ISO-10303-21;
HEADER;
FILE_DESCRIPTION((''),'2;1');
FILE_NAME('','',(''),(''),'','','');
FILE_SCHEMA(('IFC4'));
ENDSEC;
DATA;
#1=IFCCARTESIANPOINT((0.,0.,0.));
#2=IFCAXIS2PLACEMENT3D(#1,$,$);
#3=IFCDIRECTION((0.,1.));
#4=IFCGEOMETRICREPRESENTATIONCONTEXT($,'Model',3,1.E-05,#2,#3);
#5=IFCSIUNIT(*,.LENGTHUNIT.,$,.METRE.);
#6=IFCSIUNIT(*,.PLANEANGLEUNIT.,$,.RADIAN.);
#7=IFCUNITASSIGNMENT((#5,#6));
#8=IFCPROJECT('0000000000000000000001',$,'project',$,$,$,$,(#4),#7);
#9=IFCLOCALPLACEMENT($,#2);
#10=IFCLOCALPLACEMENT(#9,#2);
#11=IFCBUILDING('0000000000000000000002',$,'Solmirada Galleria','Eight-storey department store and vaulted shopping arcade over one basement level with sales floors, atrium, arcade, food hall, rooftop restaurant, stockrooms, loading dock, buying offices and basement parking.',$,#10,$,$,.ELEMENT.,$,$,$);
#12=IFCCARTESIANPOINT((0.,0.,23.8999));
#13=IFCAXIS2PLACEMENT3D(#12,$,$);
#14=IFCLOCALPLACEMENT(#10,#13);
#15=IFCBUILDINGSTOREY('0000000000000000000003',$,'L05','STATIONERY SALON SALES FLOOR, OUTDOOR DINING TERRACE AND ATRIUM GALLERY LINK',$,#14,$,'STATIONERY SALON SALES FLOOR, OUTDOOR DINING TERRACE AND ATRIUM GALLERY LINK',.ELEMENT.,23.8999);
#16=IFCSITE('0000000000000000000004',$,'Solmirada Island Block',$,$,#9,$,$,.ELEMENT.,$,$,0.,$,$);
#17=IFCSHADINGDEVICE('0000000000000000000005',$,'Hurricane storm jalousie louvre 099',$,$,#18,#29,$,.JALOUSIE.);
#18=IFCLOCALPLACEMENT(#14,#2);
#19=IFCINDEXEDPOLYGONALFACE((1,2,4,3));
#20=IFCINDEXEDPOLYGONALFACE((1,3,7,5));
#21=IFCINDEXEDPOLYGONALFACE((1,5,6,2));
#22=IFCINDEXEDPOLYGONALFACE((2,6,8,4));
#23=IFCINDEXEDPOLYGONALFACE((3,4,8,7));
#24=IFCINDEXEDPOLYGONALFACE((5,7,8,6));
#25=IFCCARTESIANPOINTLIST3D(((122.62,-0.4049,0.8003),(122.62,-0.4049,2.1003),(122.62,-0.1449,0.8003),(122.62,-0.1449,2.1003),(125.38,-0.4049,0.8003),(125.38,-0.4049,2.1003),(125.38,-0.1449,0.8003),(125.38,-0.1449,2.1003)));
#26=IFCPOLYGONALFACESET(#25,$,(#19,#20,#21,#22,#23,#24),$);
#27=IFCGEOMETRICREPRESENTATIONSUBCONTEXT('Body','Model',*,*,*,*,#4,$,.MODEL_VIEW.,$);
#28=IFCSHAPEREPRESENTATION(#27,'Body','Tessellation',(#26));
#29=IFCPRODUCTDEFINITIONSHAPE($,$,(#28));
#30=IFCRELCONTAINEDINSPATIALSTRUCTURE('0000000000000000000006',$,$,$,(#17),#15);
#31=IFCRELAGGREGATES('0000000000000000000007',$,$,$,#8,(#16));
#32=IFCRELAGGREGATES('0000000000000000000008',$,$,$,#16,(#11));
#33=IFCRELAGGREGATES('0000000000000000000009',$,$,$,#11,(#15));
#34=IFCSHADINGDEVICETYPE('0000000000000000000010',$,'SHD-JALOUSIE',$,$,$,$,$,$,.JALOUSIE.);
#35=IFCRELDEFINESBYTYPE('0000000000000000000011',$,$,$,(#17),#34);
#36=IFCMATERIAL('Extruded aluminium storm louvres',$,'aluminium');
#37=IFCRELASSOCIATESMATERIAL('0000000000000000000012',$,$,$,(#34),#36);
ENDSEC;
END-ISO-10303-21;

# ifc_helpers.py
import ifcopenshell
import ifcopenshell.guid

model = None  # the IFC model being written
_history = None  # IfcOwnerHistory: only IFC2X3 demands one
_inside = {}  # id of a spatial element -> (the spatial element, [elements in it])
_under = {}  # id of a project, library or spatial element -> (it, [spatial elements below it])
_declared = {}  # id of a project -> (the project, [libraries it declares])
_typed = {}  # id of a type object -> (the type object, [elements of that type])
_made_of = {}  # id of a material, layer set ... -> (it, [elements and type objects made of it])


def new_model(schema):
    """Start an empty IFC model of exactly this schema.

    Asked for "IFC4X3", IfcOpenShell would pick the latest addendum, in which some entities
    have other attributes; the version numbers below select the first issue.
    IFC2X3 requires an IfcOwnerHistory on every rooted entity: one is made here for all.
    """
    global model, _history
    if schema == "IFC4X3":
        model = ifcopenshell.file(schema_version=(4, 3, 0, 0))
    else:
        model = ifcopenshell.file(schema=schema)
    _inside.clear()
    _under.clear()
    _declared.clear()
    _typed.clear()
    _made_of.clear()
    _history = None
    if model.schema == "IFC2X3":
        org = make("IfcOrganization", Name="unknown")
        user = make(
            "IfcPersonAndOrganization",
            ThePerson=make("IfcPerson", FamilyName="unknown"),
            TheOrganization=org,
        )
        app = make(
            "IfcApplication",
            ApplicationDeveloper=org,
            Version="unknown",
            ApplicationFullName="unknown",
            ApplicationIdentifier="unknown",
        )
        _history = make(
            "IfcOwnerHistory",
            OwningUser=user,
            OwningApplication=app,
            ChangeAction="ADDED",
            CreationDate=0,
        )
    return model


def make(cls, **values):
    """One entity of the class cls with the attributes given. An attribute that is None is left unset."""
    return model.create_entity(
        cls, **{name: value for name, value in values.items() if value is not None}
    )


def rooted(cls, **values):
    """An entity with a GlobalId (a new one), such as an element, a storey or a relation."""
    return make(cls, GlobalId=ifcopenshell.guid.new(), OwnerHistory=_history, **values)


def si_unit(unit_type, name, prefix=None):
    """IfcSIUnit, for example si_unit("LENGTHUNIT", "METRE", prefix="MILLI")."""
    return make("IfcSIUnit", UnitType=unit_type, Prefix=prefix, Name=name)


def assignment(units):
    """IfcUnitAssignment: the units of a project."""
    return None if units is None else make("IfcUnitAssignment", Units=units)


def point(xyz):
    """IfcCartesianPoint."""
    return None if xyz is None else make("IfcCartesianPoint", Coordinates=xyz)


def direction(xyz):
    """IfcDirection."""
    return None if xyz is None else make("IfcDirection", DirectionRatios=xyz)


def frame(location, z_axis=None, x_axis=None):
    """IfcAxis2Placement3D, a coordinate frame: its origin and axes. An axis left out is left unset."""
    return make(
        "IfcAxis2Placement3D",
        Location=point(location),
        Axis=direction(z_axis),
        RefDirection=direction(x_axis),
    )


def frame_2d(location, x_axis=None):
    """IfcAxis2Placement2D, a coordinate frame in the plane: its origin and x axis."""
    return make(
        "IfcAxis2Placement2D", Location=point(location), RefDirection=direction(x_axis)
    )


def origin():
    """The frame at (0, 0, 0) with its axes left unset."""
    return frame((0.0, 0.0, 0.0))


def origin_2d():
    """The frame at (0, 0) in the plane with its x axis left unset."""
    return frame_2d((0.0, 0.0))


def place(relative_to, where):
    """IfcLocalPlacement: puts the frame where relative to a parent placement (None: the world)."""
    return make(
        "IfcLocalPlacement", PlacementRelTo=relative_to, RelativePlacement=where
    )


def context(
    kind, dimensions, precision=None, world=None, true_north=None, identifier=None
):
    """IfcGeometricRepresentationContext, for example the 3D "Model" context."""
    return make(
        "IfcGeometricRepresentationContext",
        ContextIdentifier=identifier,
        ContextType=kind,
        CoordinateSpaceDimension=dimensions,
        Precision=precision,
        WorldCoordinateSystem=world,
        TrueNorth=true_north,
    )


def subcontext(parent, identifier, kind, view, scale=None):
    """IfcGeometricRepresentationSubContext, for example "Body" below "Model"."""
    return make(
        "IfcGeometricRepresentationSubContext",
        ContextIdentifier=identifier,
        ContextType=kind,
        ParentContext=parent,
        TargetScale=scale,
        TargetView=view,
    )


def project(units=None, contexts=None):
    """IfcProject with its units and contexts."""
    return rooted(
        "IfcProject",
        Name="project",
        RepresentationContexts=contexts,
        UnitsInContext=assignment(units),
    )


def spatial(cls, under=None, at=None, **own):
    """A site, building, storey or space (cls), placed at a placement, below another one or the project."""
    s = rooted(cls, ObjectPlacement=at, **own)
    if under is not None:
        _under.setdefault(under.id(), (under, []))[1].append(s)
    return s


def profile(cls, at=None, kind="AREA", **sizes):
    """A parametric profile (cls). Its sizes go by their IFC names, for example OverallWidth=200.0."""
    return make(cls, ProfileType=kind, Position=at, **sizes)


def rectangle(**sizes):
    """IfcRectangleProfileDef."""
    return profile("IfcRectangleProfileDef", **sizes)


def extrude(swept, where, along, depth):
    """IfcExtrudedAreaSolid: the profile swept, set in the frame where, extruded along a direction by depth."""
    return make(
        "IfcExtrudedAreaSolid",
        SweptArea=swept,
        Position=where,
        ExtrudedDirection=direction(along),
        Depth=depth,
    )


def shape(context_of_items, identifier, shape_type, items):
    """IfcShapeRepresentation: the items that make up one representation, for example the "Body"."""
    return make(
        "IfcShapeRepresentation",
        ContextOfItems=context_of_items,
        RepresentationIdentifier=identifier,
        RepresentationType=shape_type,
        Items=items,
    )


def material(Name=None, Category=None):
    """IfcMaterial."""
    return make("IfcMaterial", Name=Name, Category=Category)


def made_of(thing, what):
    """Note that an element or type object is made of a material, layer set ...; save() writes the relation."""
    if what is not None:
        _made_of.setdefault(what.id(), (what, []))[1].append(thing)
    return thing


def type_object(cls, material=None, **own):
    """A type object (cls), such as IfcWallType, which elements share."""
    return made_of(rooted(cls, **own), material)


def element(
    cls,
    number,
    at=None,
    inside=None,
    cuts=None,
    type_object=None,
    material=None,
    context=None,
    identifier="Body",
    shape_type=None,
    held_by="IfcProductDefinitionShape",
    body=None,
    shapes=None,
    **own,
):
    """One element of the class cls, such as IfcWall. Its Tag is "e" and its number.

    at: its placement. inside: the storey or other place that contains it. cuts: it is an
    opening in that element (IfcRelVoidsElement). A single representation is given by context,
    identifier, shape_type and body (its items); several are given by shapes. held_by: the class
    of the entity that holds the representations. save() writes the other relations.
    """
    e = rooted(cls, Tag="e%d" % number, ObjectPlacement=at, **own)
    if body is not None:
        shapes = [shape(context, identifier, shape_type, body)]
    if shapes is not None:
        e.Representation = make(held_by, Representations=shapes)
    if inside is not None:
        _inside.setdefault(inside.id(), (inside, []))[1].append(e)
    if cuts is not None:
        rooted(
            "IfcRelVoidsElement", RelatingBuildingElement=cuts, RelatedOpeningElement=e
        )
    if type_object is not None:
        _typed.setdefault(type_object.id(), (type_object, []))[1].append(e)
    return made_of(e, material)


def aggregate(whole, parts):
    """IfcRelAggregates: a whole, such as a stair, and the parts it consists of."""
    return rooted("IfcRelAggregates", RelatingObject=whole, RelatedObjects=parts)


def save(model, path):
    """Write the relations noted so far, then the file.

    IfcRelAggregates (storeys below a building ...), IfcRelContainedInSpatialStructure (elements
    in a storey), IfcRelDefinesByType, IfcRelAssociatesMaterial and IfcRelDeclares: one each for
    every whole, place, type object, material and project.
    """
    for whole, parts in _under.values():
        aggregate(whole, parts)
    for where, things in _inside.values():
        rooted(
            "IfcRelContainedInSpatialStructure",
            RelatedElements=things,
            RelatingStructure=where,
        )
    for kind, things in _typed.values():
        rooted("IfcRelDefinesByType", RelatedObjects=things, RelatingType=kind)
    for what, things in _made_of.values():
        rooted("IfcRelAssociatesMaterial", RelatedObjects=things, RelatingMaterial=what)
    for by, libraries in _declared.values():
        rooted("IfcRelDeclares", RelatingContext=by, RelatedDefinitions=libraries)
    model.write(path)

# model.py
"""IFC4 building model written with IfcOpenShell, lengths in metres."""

from ifc_helpers import new_model, si_unit, direction, frame, origin, origin_2d, place, context, subcontext, project, spatial, rectangle, extrude, material, type_object, element, save


model = new_model("IFC4")

# Units and contexts
model_context = context("Model", 3, precision=1e-05, world=origin(), true_north=direction((0.0, 1.0)))
body_context = subcontext(model_context, "Body", "Model", "MODEL_VIEW")
ifc_project = project(units=[si_unit("LENGTHUNIT", "METRE"), si_unit("PLANEANGLEUNIT", "RADIAN")], contexts=[model_context])

# Site, building, storey
site_placement = place(None, origin())
site = spatial("IfcSite", under=ifc_project, at=site_placement, Name="Solmirada Island Block", CompositionType="ELEMENT", RefElevation=0.0)
building_placement = place(site_placement, origin())
building = spatial("IfcBuilding", under=site, at=building_placement, Name="Solmirada Galleria", Description="Eight-storey department store and vaulted shopping arcade over one basement level with sales floors, atrium, arcade, food hall, rooftop restaurant, stockrooms, loading dock, buying offices and basement parking.", CompositionType="ELEMENT")
storey_placement = place(building_placement, frame((0.0, 0.0, 23.8999)))
storey = spatial("IfcBuildingStorey", under=building, at=storey_placement, Name="L05", Description="STATIONERY SALON SALES FLOOR, OUTDOOR DINING TERRACE AND ATRIUM GALLERY LINK", LongName="STATIONERY SALON SALES FLOOR, OUTDOOR DINING TERRACE AND ATRIUM GALLERY LINK", CompositionType="ELEMENT", Elevation=23.8999)

# Shading device
ifc_material_1 = material(Name="Extruded aluminium storm louvres", Category="aluminium")
shading_device_type = type_object("IfcShadingDeviceType", Name="SHD-JALOUSIE", PredefinedType="JALOUSIE", material=ifc_material_1)
shading_device_placement = place(storey_placement, frame((124.0, -0.2749, 0.8003), z_axis=(0.0, 0.0, 1.0), x_axis=(-1.0, 0.0, 0.0)))
element("IfcShadingDevice", 1, at=shading_device_placement, inside=storey, type_object=shading_device_type, Name="Hurricane storm jalousie louvre 099", PredefinedType="JALOUSIE", context=body_context, shape_type="SweptSolid", body=[
    extrude(rectangle(XDim=2.76, YDim=0.26, at=origin_2d()), origin(), (0.0, 0.0, 1.0), 1.3),
])

save(model, "model.ifc")
